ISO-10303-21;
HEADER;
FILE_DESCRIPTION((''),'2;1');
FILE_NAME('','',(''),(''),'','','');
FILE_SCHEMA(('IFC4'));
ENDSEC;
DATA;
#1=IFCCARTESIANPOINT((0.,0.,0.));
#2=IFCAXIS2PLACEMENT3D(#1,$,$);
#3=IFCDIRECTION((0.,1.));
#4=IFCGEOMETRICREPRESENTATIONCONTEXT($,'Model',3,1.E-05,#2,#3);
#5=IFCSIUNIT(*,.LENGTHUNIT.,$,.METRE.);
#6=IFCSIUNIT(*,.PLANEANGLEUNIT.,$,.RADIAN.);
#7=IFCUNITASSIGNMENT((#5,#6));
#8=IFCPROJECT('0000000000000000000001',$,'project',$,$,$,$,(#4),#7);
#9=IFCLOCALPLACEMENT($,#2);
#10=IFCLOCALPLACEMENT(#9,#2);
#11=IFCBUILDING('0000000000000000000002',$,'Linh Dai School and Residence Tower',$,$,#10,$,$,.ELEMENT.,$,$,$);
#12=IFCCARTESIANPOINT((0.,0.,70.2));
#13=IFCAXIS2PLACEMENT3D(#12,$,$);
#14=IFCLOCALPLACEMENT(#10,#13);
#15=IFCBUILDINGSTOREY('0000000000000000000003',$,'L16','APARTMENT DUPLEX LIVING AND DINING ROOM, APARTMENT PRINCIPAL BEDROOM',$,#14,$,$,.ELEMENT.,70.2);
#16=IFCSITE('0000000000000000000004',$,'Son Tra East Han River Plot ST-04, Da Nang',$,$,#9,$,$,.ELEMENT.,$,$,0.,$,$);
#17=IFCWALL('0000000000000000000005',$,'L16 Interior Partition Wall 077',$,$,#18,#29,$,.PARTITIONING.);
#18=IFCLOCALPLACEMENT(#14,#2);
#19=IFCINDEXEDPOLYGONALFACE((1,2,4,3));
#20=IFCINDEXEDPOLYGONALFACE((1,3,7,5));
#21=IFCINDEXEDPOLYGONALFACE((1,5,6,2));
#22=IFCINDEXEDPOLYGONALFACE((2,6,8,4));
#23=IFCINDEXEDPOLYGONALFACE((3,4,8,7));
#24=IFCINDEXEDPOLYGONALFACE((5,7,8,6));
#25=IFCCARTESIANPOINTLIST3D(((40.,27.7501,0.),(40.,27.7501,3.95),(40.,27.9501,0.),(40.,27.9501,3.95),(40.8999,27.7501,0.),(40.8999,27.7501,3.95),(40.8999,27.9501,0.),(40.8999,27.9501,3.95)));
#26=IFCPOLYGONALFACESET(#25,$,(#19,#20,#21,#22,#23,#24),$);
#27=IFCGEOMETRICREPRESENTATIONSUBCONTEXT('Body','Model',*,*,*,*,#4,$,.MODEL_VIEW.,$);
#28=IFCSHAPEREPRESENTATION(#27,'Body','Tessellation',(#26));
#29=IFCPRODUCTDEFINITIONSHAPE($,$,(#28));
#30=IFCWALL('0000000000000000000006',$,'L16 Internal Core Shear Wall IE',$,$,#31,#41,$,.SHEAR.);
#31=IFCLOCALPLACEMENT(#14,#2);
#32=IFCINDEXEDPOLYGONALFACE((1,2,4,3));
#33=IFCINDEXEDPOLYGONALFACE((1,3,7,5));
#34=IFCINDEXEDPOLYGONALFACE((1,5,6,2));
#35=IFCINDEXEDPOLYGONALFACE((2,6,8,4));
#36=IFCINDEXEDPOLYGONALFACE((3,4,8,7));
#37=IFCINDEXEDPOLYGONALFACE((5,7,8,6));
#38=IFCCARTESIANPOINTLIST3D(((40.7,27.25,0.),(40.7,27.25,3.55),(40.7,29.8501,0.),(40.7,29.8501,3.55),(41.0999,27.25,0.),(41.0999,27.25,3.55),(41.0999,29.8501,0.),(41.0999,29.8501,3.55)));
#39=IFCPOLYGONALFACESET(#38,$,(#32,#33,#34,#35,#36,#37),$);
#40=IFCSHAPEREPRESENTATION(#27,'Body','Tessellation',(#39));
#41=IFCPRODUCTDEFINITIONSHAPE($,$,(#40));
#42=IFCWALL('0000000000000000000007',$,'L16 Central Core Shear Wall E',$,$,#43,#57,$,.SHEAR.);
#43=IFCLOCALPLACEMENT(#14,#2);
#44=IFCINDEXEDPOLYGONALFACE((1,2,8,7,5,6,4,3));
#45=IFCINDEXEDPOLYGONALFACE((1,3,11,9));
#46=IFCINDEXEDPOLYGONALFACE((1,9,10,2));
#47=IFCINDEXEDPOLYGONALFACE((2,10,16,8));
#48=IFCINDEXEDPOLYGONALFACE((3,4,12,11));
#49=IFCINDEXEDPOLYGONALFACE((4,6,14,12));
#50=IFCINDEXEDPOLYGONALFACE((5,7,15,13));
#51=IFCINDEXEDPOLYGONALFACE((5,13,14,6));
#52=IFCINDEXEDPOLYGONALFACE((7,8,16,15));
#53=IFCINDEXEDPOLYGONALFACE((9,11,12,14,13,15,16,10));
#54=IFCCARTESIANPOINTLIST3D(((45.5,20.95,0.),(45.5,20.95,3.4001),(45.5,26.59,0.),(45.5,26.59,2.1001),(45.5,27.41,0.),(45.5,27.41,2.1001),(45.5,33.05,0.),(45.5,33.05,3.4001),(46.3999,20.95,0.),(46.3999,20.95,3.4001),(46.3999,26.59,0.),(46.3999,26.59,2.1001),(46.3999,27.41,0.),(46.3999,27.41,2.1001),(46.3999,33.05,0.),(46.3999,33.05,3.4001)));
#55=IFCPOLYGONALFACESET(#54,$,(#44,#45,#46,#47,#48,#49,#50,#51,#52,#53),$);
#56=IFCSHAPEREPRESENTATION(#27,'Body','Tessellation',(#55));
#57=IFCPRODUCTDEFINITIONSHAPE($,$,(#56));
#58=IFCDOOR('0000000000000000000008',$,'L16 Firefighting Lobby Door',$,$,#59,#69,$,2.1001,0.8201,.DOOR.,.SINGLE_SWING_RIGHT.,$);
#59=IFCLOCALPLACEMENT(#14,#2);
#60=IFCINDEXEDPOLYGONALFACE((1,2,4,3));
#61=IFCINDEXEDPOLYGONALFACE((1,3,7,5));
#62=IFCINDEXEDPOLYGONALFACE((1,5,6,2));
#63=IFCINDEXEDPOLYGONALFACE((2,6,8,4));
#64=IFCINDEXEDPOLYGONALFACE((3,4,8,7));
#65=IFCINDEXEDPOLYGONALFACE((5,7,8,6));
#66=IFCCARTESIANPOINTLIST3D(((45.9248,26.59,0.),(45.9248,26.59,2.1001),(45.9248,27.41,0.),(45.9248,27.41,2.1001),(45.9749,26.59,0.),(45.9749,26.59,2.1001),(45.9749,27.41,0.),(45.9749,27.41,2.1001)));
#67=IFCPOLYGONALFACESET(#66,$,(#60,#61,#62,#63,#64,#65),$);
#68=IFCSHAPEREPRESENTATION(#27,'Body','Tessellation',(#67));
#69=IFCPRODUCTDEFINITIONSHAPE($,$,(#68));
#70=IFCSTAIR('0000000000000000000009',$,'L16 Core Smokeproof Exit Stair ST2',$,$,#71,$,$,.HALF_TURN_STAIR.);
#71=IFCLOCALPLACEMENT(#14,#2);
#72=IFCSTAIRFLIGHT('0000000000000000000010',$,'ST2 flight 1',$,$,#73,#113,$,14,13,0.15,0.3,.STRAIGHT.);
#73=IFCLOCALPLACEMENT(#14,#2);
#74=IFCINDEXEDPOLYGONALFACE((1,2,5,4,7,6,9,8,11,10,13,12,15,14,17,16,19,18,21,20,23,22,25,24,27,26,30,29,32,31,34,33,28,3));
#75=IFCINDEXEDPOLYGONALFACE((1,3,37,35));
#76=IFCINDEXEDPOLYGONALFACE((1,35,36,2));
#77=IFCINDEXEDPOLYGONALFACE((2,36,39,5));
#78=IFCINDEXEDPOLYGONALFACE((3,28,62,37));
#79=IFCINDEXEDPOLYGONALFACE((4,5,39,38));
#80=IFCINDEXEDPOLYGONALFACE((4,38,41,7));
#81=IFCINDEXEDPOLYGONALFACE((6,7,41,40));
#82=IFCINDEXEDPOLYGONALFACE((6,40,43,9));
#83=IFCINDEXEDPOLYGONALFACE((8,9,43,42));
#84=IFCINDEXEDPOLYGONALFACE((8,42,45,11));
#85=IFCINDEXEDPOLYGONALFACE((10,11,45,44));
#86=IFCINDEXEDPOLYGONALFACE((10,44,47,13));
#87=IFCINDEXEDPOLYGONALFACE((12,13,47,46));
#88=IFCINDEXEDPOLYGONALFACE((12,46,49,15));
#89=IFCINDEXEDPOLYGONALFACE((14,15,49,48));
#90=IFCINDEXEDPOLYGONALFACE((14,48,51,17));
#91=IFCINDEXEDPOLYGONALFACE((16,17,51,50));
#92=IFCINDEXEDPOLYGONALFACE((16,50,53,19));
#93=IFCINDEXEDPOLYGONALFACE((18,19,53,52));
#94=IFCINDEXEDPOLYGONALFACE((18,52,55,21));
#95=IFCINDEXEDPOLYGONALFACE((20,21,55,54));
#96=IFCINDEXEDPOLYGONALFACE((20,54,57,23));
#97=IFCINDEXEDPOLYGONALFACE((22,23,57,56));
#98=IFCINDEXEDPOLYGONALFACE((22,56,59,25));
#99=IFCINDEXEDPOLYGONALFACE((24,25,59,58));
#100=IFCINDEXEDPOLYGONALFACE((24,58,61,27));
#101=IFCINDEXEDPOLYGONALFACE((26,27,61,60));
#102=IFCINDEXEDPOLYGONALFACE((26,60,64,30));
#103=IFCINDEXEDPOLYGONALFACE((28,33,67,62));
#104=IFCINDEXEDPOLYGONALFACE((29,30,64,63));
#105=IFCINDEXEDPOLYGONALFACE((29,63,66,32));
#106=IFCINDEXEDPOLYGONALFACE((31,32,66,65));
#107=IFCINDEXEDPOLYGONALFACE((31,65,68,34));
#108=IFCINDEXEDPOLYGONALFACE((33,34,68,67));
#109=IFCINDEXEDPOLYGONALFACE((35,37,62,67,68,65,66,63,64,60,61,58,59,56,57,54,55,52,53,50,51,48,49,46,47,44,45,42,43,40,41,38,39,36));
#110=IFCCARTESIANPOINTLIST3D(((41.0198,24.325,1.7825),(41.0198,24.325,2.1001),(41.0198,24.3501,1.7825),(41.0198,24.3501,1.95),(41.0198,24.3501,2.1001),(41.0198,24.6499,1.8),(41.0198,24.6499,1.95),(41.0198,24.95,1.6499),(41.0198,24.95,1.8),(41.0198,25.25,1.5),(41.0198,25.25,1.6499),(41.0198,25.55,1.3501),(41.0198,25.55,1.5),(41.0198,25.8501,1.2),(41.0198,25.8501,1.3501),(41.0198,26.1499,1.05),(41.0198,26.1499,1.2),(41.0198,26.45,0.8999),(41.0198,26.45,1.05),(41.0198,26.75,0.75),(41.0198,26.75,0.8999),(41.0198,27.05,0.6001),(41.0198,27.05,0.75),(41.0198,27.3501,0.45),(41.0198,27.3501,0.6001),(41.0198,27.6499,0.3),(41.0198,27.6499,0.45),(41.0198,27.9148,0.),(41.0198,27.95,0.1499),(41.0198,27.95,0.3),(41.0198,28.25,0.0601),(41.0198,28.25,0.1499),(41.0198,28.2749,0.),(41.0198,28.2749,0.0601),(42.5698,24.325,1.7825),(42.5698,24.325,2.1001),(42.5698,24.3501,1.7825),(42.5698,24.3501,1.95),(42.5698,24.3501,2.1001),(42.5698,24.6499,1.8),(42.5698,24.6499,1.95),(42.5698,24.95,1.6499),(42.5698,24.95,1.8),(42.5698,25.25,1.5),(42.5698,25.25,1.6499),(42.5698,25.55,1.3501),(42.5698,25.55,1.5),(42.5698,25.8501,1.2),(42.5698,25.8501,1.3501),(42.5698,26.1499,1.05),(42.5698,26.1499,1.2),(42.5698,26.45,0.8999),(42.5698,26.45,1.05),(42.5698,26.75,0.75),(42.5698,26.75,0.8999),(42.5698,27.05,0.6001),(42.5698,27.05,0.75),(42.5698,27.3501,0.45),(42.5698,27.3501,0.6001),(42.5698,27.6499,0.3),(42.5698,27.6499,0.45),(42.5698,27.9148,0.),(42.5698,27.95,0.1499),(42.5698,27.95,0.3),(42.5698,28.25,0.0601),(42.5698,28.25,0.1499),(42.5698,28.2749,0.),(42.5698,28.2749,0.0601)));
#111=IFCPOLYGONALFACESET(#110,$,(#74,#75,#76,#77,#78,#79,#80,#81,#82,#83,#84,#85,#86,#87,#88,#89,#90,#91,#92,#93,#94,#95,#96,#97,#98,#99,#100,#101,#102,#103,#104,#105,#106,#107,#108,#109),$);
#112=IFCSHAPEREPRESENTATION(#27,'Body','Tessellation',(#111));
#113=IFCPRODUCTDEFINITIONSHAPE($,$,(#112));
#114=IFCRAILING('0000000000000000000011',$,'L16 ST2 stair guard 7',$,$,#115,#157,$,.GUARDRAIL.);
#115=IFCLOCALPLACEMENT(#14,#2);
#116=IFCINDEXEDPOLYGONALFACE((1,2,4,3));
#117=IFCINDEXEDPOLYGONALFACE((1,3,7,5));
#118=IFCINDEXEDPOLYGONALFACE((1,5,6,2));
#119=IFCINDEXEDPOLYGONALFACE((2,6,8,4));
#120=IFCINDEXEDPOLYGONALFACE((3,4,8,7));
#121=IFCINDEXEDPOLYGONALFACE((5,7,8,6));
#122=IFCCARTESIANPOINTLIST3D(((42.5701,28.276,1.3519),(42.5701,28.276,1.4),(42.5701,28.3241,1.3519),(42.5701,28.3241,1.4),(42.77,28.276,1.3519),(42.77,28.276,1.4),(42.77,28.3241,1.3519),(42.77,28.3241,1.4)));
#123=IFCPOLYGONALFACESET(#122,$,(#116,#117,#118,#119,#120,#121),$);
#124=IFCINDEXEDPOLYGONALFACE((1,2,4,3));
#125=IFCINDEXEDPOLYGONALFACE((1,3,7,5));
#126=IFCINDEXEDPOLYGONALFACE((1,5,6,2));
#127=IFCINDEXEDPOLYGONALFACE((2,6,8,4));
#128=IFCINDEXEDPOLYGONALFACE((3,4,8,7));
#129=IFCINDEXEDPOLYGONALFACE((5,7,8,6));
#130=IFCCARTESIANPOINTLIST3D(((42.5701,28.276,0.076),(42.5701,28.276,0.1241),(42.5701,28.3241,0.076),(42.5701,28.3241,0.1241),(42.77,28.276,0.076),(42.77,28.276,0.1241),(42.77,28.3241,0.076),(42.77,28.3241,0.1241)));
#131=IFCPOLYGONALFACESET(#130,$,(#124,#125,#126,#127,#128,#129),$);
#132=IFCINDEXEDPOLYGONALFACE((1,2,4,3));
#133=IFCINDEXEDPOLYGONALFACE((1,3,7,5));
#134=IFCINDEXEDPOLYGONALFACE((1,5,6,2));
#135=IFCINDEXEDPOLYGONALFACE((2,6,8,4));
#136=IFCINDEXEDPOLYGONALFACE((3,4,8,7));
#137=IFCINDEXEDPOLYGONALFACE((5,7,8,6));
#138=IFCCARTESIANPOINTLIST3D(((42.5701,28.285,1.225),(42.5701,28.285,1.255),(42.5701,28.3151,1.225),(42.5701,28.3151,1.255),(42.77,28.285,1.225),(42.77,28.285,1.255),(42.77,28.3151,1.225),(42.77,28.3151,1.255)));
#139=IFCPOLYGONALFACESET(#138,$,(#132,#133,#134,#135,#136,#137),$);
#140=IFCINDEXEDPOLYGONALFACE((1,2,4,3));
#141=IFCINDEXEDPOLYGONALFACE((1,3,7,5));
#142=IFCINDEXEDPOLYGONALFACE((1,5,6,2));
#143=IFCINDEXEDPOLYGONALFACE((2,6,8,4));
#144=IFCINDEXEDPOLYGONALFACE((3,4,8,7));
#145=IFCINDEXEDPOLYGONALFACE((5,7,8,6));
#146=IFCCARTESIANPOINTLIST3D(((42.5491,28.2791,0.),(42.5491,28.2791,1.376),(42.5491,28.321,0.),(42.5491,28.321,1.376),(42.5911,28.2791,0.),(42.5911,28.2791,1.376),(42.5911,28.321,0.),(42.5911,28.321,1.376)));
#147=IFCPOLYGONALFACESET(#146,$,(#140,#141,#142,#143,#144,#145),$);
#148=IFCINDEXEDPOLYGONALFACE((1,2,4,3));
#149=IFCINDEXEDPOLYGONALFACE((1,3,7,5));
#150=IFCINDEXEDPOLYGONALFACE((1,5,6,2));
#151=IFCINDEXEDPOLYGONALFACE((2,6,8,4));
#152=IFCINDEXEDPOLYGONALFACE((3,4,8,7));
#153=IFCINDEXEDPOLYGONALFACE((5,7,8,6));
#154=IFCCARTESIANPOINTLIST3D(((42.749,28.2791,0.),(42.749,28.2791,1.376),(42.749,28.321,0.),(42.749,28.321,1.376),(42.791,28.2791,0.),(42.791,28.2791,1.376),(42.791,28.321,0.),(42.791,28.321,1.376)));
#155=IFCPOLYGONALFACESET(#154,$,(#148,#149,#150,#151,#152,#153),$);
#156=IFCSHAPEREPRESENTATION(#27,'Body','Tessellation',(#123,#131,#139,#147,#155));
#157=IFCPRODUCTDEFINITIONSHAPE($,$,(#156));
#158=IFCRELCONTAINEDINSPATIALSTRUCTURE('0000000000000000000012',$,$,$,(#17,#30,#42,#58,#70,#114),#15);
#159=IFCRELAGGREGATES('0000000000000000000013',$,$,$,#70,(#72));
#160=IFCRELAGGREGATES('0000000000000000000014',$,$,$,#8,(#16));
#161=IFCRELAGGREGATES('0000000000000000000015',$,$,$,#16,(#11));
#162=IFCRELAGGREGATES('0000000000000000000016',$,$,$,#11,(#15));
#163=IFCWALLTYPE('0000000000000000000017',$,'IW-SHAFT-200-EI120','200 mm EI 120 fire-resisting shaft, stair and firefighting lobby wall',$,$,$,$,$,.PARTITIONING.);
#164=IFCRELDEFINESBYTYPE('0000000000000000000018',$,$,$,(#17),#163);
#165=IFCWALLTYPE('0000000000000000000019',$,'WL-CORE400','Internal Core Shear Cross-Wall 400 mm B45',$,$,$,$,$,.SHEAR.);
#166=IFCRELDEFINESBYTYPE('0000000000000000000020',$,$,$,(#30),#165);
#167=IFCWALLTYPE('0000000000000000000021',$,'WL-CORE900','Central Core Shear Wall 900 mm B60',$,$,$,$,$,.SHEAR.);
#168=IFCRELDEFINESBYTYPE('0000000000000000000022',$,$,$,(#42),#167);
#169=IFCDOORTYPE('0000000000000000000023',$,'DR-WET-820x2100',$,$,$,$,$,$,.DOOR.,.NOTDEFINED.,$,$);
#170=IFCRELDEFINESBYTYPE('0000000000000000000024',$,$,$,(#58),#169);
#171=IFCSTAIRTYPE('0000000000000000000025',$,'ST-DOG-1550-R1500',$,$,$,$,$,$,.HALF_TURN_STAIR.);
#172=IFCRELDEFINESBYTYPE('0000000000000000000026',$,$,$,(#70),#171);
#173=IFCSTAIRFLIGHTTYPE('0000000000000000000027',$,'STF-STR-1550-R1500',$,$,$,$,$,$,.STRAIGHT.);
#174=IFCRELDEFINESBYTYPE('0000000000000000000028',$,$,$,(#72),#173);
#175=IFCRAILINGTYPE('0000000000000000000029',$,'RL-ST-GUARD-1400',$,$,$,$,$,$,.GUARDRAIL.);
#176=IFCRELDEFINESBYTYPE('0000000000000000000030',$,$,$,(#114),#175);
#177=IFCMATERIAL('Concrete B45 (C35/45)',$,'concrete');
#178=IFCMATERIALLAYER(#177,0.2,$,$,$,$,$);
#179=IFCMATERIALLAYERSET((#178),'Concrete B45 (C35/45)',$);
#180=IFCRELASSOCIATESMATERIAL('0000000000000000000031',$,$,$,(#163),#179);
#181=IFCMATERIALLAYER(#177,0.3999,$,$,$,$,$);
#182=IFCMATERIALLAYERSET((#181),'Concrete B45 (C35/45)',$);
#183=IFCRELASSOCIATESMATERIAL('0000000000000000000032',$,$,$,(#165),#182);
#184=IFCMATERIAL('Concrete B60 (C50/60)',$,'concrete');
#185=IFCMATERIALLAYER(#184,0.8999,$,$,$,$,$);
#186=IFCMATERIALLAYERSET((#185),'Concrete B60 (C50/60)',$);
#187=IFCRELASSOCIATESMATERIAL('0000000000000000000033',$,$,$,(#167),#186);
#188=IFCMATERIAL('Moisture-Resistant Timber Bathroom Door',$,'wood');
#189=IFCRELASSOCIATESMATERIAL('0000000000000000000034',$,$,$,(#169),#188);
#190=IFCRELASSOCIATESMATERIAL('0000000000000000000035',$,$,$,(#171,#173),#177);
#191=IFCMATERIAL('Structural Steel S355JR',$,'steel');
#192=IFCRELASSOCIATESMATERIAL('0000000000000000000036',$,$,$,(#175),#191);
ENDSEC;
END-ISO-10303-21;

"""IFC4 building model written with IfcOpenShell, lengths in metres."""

from ifc_helpers import new_model, si_unit, direction, frame, frame_2d, origin, origin_2d, place, context, subcontext, project, spatial, polyline, rectangle, outline, extrude, source, transform, mapped, material, layer, layer_set, type_object, element, fill, aggregate, save


model = new_model("IFC4")

# Units and contexts
model_context = context("Model", 3, precision=1e-05, world=origin(), true_north=direction((0.0, 1.0)))
body_context = subcontext(model_context, "Body", "Model", "MODEL_VIEW")
ifc_project = project(units=[si_unit("LENGTHUNIT", "METRE"), si_unit("PLANEANGLEUNIT", "RADIAN")], contexts=[model_context])

# Site, building, storey
site_placement = place(None, origin())
site = spatial("IfcSite", under=ifc_project, at=site_placement, Name="Son Tra East Han River Plot ST-04, Da Nang", CompositionType="ELEMENT", RefElevation=0.0)
building_placement = place(site_placement, origin())
building = spatial("IfcBuilding", under=site, at=building_placement, Name="Linh Dai School and Residence Tower", CompositionType="ELEMENT")
storey_placement = place(building_placement, frame((0.0, 0.0, 70.2)))
storey = spatial("IfcBuildingStorey", under=building, at=storey_placement, Name="L16", Description="APARTMENT DUPLEX LIVING AND DINING ROOM, APARTMENT PRINCIPAL BEDROOM", CompositionType="ELEMENT", Elevation=70.2)

# Shared definitions
ifc_material_1 = material(Name="Structural Steel S355JR", Category="steel")

# Walls
ifc_material_2 = material(Name="Concrete B45 (C35/45)", Category="concrete")
ifc_layer_1 = layer(ifc_material_2, 0.2)
ifc_layer_set_1 = layer_set([ifc_layer_1], Name="Concrete B45 (C35/45)")
wall_type_1 = type_object("IfcWallType", Name="IW-SHAFT-200-EI120", Description="200 mm EI 120 fire-resisting shaft, stair and firefighting lobby wall", PredefinedType="PARTITIONING", material=ifc_layer_set_1)
wall_1_placement = place(storey_placement, frame((40.0, 27.8501, 0.0), z_axis=(0.0, 0.0, 1.0), x_axis=(1.0, 0.0, 0.0)))
element("IfcWall", 1, at=wall_1_placement, inside=storey, type_object=wall_type_1, Name="L16 Interior Partition Wall 077", PredefinedType="PARTITIONING", context=body_context, shape_type="SweptSolid", body=[
    extrude(rectangle(XDim=0.8999, YDim=0.2, at=frame_2d((0.45, 0.0))), origin(), (0.0, 0.0, 1.0), 3.95),
])
ifc_layer_2 = layer(ifc_material_2, 0.3999)
ifc_layer_set_2 = layer_set([ifc_layer_2], Name="Concrete B45 (C35/45)")
wall_type_2 = type_object("IfcWallType", Name="WL-CORE400", Description="Internal Core Shear Cross-Wall 400 mm B45", PredefinedType="SHEAR", material=ifc_layer_set_2)
wall_2_placement = place(storey_placement, frame((40.8999, 27.25, 0.0), z_axis=(0.0, 0.0, 1.0), x_axis=(0.0, 1.0, 0.0)))
element("IfcWall", 2, at=wall_2_placement, inside=storey, type_object=wall_type_2, Name="L16 Internal Core Shear Wall IE", PredefinedType="SHEAR", context=body_context, shape_type="SweptSolid", body=[
    extrude(rectangle(XDim=2.6001, YDim=0.3999, at=frame_2d((1.3, 0.0))), origin(), (0.0, 0.0, 1.0), 3.55),
])

# Wall, opening, door
ifc_material_3 = material(Name="Concrete B60 (C50/60)", Category="concrete")
ifc_layer_3 = layer(ifc_material_3, 0.8999)
ifc_layer_set_3 = layer_set([ifc_layer_3], Name="Concrete B60 (C50/60)")
wall_type_3 = type_object("IfcWallType", Name="WL-CORE900", Description="Central Core Shear Wall 900 mm B60", PredefinedType="SHEAR", material=ifc_layer_set_3)
wall_3_placement = place(storey_placement, frame((45.95, 33.05, 0.0), z_axis=(0.0, 0.0, 1.0), x_axis=(0.0, -1.0, 0.0)))
wall_3 = element("IfcWall", 3, at=wall_3_placement, inside=storey, type_object=wall_type_3, Name="L16 Central Core Shear Wall E", PredefinedType="SHEAR", context=body_context, shape_type="SweptSolid", body=[
    extrude(rectangle(XDim=12.1001, YDim=0.8999, at=frame_2d((6.05, 0.0))), origin(), (0.0, 0.0, 1.0), 3.4001),
])
opening_placement = place(wall_3_placement, frame((5.6399, 0.0, 0.0)))
opening = element("IfcOpeningElement", 4, at=opening_placement, cuts=wall_3, PredefinedType="OPENING", context=body_context, shape_type="SweptSolid", body=[
    extrude(rectangle(XDim=0.8201, YDim=2.1001, at=origin_2d()), frame((0.4102, 0.46, 1.05), z_axis=(0.0, -1.0, 0.0), x_axis=(1.0, 0.0, 0.0)), (0.0, 0.0, 1.0), 0.9199),
])
ifc_material_4 = material(Name="Moisture-Resistant Timber Bathroom Door", Category="wood")
door_type = type_object("IfcDoorType", Name="DR-WET-820x2100", OperationType="NOTDEFINED", PredefinedType="DOOR", material=ifc_material_4)
shared_shape_1 = source(origin(), body_context, "Body", "SweptSolid", [
    extrude(rectangle(XDim=0.8201, YDim=2.1001, at=origin_2d()), frame((0.4102, 0.0249, 1.05), z_axis=(0.0, -1.0, 0.0), x_axis=(1.0, 0.0, 0.0)), (0.0, 0.0, 1.0), 0.05),
])
door_placement = place(opening_placement, origin())
door = element("IfcDoor", 5, at=door_placement, inside=storey, type_object=door_type, Name="L16 Firefighting Lobby Door", OperationType="SINGLE_SWING_RIGHT", OverallHeight=2.1001, OverallWidth=0.8201, PredefinedType="DOOR", context=body_context, shape_type="MappedRepresentation", body=[
    mapped(shared_shape_1, transform((0.0, 0.0, 0.0), x_axis=(1.0, 0.0, 0.0), y_axis=(0.0, 1.0, 0.0), z_axis=(0.0, 0.0, 1.0), scale=1.0)),
])
fill(opening, door)

# Stair, stair flight
stair_type = type_object("IfcStairType", Name="ST-DOG-1550-R1500", PredefinedType="HALF_TURN_STAIR", material=ifc_material_2)
stair_placement = place(storey_placement, origin())
stair = element("IfcStair", 6, at=stair_placement, inside=storey, type_object=stair_type, Name="L16 Core Smokeproof Exit Stair ST2", PredefinedType="HALF_TURN_STAIR")
stair_flight_type = type_object("IfcStairFlightType", Name="STF-STR-1550-R1500", PredefinedType="STRAIGHT", material=ifc_material_2)
shared_shape_2 = source(origin(), body_context, "Body", "SweptSolid", [
    extrude(outline(polyline([(-0.0249, 0.0), (-0.0249, 0.0601), (0.0, 0.0601), (0.0, 0.1499), (0.3, 0.1499), (0.3, 0.3), (0.6001, 0.3), (0.6001, 0.45), (0.8999, 0.45), (0.8999, 0.6001), (1.2, 0.6001), (1.2, 0.75), (1.5, 0.75), (1.5, 0.8999), (1.8, 0.8999), (1.8, 1.05), (2.1001, 1.05), (2.1001, 1.2), (2.3999, 1.2), (2.3999, 1.3501), (2.7, 1.3501), (2.7, 1.5), (3.0, 1.5), (3.0, 1.6499), (3.3, 1.6499), (3.3, 1.8), (3.6001, 1.8), (3.6001, 1.95), (3.8999, 1.95), (3.8999, 2.1001), (3.925, 2.1001), (3.925, 1.7825), (3.8999, 1.7825), (0.3352, 0.0), (-0.0249, 0.0)])), frame((0.0, 0.7749, 0.0), z_axis=(0.0, -1.0, 0.0), x_axis=(1.0, 0.0, 0.0)), (0.0, 0.0, 1.0), 1.55),
])
stair_flight_placement = place(storey_placement, frame((41.7949, 28.25, 0.0), z_axis=(0.0, 0.0, 1.0), x_axis=(0.0, -1.0, 0.0)))
stair_flight = element("IfcStairFlight", 7, at=stair_flight_placement, type_object=stair_flight_type, Name="ST2 flight 1", NumberOfRisers=14, NumberOfTreads=13, PredefinedType="STRAIGHT", RiserHeight=0.15, TreadLength=0.3, context=body_context, shape_type="MappedRepresentation", body=[
    mapped(shared_shape_2, transform((0.0, 0.0, 0.0), x_axis=(1.0, 0.0, 0.0), y_axis=(0.0, 1.0, 0.0), z_axis=(0.0, 0.0, 1.0), scale=1.0)),
])
aggregate(stair, [stair_flight])

# Railing
railing_type_1 = type_object("IfcRailingType", Name="RL-ST-GUARD-1400", PredefinedType="GUARDRAIL", material=ifc_material_1)
shared_shape_3 = source(origin(), body_context, "Body", "SweptSolid", [
    extrude(rectangle(XDim=0.0481, YDim=0.0481, at=origin_2d()), frame((0.0, 0.0, 1.376), z_axis=(1.0, 0.0, 0.0), x_axis=(0.0, 1.0, 0.0)), (0.0, 0.0, 1.0), 0.2),
    extrude(rectangle(XDim=0.0481, YDim=0.0481, at=origin_2d()), frame((0.0, 0.0, 0.1001), z_axis=(1.0, 0.0, 0.0), x_axis=(0.0, 1.0, 0.0)), (0.0, 0.0, 1.0), 0.2),
    extrude(rectangle(XDim=0.03, YDim=0.03, at=origin_2d()), frame((0.0, 0.0, 1.24), z_axis=(1.0, 0.0, 0.0), x_axis=(0.0, 1.0, 0.0)), (0.0, 0.0, 1.0), 0.2),
    extrude(rectangle(XDim=0.042, YDim=0.042, at=origin_2d()), origin(), (0.0, 0.0, 1.0), 1.376),
    extrude(rectangle(XDim=0.042, YDim=0.042, at=origin_2d()), frame((0.2, 0.0, 0.0)), (0.0, 0.0, 1.0), 1.376),
])
railing_1_placement = place(storey_placement, frame((42.5701, 28.3, 0.0)))
element("IfcRailing", 8, at=railing_1_placement, inside=storey, type_object=railing_type_1, Name="L16 ST2 stair guard 7", PredefinedType="GUARDRAIL", context=body_context, shape_type="MappedRepresentation", body=[
    mapped(shared_shape_3, transform((0.0, 0.0, 0.0), x_axis=(1.0, 0.0, 0.0), y_axis=(0.0, 1.0, 0.0), z_axis=(0.0, 0.0, 1.0), scale=1.0)),
])

save(model, "model.ifc")
